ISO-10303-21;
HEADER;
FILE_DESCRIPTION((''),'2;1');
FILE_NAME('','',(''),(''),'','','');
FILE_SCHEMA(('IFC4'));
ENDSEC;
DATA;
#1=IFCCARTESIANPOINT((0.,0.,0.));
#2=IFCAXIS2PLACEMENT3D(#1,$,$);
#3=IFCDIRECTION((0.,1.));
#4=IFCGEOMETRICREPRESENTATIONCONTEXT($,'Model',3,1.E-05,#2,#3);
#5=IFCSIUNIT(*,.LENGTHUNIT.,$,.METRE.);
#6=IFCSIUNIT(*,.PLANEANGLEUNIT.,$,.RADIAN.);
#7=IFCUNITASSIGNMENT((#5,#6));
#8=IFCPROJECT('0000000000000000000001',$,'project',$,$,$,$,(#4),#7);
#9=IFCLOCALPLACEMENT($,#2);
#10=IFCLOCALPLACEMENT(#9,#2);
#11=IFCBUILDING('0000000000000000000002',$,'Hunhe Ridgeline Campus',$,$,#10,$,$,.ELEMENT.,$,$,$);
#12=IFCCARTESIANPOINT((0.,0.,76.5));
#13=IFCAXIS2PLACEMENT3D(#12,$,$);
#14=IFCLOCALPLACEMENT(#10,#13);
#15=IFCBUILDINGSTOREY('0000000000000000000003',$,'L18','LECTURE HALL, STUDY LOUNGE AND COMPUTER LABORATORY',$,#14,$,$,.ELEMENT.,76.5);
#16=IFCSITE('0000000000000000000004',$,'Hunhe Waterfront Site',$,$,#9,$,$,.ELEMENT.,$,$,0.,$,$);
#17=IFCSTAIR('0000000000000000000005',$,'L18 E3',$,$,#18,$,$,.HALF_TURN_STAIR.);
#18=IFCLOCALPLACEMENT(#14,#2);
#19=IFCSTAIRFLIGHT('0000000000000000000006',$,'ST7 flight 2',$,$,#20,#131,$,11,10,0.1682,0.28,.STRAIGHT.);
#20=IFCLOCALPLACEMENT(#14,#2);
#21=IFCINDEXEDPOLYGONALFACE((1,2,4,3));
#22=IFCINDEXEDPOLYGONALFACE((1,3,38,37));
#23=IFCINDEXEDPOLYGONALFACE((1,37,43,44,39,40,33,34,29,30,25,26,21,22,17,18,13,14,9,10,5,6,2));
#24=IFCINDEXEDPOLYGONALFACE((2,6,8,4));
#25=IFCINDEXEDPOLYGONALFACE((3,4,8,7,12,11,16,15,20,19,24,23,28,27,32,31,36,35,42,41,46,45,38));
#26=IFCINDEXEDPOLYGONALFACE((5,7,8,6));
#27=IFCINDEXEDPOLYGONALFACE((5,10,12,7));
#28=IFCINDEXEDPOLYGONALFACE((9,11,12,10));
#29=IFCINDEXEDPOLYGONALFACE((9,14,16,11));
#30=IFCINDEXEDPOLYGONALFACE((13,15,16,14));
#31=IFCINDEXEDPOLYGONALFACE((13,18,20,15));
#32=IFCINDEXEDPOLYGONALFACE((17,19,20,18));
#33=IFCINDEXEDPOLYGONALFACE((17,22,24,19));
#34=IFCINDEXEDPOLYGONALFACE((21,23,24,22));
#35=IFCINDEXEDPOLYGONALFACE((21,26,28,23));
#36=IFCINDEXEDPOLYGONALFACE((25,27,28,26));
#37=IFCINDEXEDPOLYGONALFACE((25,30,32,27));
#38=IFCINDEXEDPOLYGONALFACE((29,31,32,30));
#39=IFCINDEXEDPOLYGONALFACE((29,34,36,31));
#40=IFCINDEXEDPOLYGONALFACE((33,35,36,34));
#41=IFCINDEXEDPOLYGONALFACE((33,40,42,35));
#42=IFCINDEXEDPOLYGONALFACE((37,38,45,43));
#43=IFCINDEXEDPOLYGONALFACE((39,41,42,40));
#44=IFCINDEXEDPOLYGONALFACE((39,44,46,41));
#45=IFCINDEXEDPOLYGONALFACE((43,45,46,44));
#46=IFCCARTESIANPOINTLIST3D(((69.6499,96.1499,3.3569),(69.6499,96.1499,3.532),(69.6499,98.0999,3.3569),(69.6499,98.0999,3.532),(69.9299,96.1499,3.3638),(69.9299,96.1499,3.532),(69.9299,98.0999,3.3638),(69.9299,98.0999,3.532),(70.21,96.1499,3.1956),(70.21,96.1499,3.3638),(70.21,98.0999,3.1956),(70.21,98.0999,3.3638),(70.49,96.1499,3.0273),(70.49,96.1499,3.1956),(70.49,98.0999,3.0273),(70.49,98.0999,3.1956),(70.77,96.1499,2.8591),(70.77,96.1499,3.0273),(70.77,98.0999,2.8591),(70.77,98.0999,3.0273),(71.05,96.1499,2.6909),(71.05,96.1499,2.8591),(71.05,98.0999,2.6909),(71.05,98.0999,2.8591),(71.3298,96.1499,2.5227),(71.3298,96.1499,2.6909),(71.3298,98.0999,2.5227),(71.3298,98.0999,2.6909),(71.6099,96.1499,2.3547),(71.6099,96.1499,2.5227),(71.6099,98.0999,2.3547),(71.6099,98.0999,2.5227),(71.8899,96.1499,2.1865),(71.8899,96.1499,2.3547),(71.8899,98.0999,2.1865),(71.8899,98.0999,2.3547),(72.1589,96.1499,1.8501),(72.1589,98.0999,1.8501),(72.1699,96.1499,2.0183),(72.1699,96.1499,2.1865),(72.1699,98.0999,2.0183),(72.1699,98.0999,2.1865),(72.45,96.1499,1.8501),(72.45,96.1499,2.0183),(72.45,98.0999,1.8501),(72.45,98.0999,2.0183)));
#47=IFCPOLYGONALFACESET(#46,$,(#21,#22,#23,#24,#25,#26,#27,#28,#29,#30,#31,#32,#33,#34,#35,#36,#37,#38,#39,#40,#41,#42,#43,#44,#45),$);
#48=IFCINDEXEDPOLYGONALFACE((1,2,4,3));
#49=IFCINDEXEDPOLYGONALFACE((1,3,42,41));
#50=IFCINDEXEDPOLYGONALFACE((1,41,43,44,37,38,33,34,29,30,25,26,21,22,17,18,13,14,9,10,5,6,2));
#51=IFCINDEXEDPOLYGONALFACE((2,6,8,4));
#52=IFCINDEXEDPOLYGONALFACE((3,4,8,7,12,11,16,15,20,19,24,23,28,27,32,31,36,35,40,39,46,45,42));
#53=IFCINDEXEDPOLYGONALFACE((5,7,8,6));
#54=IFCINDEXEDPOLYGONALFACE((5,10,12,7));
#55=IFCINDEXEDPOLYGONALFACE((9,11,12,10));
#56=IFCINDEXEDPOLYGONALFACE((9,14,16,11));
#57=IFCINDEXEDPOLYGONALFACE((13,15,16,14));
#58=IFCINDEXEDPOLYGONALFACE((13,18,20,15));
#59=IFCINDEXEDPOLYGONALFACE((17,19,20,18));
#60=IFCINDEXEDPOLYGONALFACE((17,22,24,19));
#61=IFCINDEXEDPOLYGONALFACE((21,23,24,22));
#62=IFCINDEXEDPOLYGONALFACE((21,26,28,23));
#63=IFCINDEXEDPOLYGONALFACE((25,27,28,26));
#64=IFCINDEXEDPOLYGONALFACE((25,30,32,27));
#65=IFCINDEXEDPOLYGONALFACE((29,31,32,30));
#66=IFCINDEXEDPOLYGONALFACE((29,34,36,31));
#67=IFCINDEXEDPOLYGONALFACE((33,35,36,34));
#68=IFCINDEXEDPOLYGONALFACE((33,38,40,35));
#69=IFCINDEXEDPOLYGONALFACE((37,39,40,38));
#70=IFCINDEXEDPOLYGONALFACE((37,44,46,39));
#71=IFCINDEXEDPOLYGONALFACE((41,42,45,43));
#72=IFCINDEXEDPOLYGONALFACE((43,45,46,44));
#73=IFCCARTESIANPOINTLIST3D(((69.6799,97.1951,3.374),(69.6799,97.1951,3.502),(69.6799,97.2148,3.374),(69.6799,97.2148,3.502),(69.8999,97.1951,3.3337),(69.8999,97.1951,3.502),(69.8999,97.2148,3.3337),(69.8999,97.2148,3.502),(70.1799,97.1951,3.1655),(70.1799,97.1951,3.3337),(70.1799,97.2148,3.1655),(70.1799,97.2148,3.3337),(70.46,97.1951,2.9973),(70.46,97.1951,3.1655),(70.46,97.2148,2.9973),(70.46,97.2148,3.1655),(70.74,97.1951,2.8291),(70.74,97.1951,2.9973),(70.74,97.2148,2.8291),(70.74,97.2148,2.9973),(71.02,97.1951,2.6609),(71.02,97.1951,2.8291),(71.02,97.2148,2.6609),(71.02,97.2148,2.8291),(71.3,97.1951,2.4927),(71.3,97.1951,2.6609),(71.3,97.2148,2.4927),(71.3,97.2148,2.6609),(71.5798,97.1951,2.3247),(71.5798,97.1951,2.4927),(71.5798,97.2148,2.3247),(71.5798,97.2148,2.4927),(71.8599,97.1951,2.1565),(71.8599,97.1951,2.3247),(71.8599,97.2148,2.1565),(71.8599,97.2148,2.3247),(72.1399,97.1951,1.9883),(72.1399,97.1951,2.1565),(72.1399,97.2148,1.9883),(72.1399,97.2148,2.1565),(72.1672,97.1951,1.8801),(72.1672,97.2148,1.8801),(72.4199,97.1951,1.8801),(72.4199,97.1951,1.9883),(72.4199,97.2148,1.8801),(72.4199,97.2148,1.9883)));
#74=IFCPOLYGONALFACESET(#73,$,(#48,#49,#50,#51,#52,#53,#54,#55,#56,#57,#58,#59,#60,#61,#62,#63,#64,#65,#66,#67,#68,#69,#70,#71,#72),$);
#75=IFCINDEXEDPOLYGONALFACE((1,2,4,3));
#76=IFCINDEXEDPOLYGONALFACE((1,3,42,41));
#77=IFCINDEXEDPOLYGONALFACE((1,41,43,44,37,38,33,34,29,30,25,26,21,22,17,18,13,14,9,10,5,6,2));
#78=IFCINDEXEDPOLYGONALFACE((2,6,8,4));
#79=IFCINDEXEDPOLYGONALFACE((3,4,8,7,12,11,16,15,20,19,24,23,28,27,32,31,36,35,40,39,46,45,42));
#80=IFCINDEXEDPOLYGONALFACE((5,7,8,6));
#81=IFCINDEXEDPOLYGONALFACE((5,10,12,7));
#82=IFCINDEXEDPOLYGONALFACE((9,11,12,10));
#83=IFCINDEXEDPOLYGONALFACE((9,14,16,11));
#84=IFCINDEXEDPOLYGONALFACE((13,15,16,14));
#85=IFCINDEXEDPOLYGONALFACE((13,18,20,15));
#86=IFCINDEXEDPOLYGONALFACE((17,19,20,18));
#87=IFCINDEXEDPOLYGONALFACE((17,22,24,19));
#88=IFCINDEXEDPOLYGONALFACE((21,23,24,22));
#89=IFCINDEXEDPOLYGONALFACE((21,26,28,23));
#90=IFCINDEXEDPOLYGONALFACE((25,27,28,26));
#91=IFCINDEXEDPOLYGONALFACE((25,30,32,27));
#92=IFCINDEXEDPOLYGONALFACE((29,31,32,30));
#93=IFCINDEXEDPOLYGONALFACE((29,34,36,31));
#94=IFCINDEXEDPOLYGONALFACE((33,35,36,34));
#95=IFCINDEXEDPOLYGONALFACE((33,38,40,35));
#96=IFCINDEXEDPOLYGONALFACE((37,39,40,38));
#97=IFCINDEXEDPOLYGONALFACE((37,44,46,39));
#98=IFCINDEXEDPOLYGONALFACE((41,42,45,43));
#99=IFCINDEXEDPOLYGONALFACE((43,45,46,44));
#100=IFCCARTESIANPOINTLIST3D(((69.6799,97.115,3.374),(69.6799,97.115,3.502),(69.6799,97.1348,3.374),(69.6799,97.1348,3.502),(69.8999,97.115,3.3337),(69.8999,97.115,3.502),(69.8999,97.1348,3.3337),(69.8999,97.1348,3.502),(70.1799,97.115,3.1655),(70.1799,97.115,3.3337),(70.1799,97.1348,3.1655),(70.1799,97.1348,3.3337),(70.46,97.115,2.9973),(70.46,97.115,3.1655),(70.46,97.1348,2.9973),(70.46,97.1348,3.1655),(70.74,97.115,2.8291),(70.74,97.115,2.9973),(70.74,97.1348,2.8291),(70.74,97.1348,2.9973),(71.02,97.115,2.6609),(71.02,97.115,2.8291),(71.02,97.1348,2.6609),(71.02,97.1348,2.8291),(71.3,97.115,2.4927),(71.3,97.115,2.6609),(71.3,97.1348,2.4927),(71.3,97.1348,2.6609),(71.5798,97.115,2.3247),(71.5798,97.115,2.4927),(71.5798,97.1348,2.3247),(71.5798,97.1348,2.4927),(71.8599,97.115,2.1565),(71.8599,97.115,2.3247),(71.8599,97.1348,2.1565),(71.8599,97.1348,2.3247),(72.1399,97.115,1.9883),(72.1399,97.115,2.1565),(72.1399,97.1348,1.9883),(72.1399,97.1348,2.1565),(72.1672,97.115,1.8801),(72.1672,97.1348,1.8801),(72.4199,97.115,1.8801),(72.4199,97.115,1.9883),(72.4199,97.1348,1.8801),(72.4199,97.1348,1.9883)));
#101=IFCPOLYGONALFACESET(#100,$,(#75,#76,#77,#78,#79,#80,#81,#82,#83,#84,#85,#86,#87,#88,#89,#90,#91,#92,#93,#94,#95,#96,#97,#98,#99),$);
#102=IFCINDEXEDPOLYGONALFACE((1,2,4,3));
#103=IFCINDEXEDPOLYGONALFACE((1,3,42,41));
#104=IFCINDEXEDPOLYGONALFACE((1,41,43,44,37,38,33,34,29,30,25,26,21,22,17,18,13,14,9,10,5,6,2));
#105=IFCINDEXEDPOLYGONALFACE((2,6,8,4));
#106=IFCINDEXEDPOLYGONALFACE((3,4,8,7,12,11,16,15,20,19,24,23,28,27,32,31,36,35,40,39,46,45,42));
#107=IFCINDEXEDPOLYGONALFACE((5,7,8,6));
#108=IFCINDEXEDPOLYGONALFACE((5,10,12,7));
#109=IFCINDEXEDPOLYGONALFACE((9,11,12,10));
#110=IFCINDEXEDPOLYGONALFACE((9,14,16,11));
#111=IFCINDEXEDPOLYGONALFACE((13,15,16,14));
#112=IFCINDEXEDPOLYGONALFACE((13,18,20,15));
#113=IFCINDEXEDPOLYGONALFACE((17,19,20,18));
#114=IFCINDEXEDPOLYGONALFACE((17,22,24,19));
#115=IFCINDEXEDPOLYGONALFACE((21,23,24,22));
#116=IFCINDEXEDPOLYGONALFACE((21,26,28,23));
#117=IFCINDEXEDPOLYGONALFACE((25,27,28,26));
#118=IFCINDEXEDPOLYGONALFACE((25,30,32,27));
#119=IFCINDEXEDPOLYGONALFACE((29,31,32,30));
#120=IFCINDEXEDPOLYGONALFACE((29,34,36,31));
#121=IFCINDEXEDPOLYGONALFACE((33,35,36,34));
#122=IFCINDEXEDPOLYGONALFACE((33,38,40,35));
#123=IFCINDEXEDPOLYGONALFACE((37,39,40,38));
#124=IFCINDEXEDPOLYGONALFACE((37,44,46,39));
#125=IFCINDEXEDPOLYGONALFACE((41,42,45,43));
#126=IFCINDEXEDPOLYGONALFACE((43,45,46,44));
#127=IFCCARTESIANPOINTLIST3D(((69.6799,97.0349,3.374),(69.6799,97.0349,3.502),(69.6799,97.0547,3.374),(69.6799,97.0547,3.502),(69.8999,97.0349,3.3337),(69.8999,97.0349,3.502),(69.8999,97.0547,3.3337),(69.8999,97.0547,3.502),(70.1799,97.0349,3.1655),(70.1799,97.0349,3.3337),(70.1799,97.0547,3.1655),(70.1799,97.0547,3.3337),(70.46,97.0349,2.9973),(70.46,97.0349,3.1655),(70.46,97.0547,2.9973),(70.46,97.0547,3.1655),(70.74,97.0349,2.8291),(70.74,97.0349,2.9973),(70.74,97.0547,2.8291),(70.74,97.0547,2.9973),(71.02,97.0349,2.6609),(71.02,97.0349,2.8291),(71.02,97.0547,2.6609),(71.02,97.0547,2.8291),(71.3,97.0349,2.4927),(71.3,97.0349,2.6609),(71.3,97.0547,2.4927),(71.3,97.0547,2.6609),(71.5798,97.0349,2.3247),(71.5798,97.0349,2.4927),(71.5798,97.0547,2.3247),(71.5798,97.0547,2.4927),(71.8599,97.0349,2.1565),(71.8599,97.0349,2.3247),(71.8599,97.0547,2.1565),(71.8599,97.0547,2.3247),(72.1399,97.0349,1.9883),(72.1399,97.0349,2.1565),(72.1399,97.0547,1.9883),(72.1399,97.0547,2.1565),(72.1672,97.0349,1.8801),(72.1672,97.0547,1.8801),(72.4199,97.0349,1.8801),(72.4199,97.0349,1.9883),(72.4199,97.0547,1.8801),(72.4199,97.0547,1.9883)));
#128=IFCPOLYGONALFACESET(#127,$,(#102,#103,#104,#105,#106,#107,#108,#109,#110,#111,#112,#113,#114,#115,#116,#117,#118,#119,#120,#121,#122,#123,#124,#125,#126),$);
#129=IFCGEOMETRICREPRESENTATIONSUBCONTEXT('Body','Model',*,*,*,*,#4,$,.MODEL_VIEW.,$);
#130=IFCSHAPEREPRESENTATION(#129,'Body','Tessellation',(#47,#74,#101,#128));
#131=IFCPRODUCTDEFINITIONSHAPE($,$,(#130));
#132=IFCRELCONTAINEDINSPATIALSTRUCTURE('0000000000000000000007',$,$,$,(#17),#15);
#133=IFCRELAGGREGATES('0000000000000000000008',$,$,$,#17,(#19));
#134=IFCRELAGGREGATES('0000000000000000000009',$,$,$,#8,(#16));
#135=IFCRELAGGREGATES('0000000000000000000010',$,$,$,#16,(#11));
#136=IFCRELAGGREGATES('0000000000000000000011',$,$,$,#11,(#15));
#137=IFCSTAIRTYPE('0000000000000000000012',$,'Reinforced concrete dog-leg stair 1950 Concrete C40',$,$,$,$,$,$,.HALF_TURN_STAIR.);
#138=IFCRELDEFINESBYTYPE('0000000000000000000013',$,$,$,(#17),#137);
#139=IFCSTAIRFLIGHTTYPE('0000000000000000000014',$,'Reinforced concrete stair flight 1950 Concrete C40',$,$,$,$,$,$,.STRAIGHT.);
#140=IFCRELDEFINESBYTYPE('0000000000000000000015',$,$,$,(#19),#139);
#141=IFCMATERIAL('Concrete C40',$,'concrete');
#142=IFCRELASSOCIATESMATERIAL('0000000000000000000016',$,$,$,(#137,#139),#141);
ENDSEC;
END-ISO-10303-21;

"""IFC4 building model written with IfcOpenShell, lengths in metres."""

from ifc_helpers import new_model, si_unit, direction, frame, origin, place, context, subcontext, project, spatial, polyline, outline, extrude, material, type_object, element, aggregate, save


model = new_model("IFC4")

# Units and contexts
model_context = context("Model", 3, precision=1e-05, world=origin(), true_north=direction((0.0, 1.0)))
body_context = subcontext(model_context, "Body", "Model", "MODEL_VIEW")
ifc_project = project(units=[si_unit("LENGTHUNIT", "METRE"), si_unit("PLANEANGLEUNIT", "RADIAN")], contexts=[model_context])

# Site, building, storey
site_placement = place(None, origin())
site = spatial("IfcSite", under=ifc_project, at=site_placement, Name="Hunhe Waterfront Site", CompositionType="ELEMENT", RefElevation=0.0)
building_placement = place(site_placement, origin())
building = spatial("IfcBuilding", under=site, at=building_placement, Name="Hunhe Ridgeline Campus", CompositionType="ELEMENT")
storey_placement = place(building_placement, frame((0.0, 0.0, 76.5)))
storey = spatial("IfcBuildingStorey", under=building, at=storey_placement, Name="L18", Description="LECTURE HALL, STUDY LOUNGE AND COMPUTER LABORATORY", CompositionType="ELEMENT", Elevation=76.5)

# Shared definitions
ifc_material_1 = material(Name="Concrete C40", Category="concrete")
stair_type = type_object("IfcStairType", Name="Reinforced concrete dog-leg stair 1950 Concrete C40", PredefinedType="HALF_TURN_STAIR", material=ifc_material_1)
stair_flight_type = type_object("IfcStairFlightType", Name="Reinforced concrete stair flight 1950 Concrete C40", PredefinedType="STRAIGHT", material=ifc_material_1)

# Stair, stair flight
stair_1_placement = place(storey_placement, origin())
stair_1 = element("IfcStair", 1, at=stair_1_placement, inside=storey, type_object=stair_type, Name="L18 E3", PredefinedType="HALF_TURN_STAIR")
stair_flight_1_placement = place(storey_placement, frame((72.45, 97.125, 1.8501), z_axis=(0.0, 0.0, 1.0), x_axis=(-1.0, 0.0, 0.0)))
stair_flight_1 = element("IfcStairFlight", 2, at=stair_flight_1_placement, type_object=stair_flight_type, Name="ST7 flight 2", NumberOfRisers=11, NumberOfTreads=10, PredefinedType="STRAIGHT", RiserHeight=0.1682, TreadLength=0.28, context=body_context, shape_type="SweptSolid", body=[
    extrude(outline(polyline([(0.0, 0.0), (0.0, 0.1682), (0.28, 0.1682), (0.28, 0.3364), (0.5601, 0.3364), (0.5601, 0.5046), (0.8401, 0.5046), (0.8401, 0.6726), (1.1201, 0.6726), (1.1201, 0.8408), (1.3999, 0.8408), (1.3999, 1.009), (1.6799, 1.009), (1.6799, 1.1772), (1.96, 1.1772), (1.96, 1.3455), (2.24, 1.3455), (2.24, 1.5137), (2.52, 1.5137), (2.52, 1.6819), (2.8, 1.6819), (2.8, 1.8501), (2.8, 1.5068), (0.291, 0.0), (0.0, 0.0)])), frame((0.0, 0.9751, 0.0), z_axis=(0.0, -1.0, 0.0), x_axis=(1.0, 0.0, 0.0)), (0.0, 0.0, 1.0), 1.95),
    extrude(outline(polyline([(0.03, 0.03), (0.03, 0.1382), (0.3101, 0.1382), (0.3101, 0.3064), (0.5901, 0.3064), (0.5901, 0.4746), (0.8701, 0.4746), (0.8701, 0.6426), (1.1499, 0.6426), (1.1499, 0.8108), (1.4299, 0.8108), (1.4299, 0.979), (1.71, 0.979), (1.71, 1.1472), (1.99, 1.1472), (1.99, 1.3154), (2.27, 1.3154), (2.27, 1.4836), (2.55, 1.4836), (2.55, 1.6519), (2.77, 1.6519), (2.77, 1.5239), (0.2827, 0.03), (0.03, 0.03)])), frame((0.0, -0.0701, 0.0), z_axis=(0.0, -1.0, 0.0), x_axis=(1.0, 0.0, 0.0)), (0.0, 0.0, 1.0), 0.0198),
    extrude(outline(polyline([(0.03, 0.03), (0.03, 0.1382), (0.3101, 0.1382), (0.3101, 0.3064), (0.5901, 0.3064), (0.5901, 0.4746), (0.8701, 0.4746), (0.8701, 0.6426), (1.1499, 0.6426), (1.1499, 0.8108), (1.4299, 0.8108), (1.4299, 0.979), (1.71, 0.979), (1.71, 1.1472), (1.99, 1.1472), (1.99, 1.3154), (2.27, 1.3154), (2.27, 1.4836), (2.55, 1.4836), (2.55, 1.6519), (2.77, 1.6519), (2.77, 1.5239), (0.2827, 0.03), (0.03, 0.03)])), frame((0.0, 0.01, 0.0), z_axis=(0.0, -1.0, 0.0), x_axis=(1.0, 0.0, 0.0)), (0.0, 0.0, 1.0), 0.0198),
    extrude(outline(polyline([(0.03, 0.03), (0.03, 0.1382), (0.3101, 0.1382), (0.3101, 0.3064), (0.5901, 0.3064), (0.5901, 0.4746), (0.8701, 0.4746), (0.8701, 0.6426), (1.1499, 0.6426), (1.1499, 0.8108), (1.4299, 0.8108), (1.4299, 0.979), (1.71, 0.979), (1.71, 1.1472), (1.99, 1.1472), (1.99, 1.3154), (2.27, 1.3154), (2.27, 1.4836), (2.55, 1.4836), (2.55, 1.6519), (2.77, 1.6519), (2.77, 1.5239), (0.2827, 0.03), (0.03, 0.03)])), frame((0.0, 0.0901, 0.0), z_axis=(0.0, -1.0, 0.0), x_axis=(1.0, 0.0, 0.0)), (0.0, 0.0, 1.0), 0.0198),
])
aggregate(stair_1, [stair_flight_1])

save(model, "model.ifc")
